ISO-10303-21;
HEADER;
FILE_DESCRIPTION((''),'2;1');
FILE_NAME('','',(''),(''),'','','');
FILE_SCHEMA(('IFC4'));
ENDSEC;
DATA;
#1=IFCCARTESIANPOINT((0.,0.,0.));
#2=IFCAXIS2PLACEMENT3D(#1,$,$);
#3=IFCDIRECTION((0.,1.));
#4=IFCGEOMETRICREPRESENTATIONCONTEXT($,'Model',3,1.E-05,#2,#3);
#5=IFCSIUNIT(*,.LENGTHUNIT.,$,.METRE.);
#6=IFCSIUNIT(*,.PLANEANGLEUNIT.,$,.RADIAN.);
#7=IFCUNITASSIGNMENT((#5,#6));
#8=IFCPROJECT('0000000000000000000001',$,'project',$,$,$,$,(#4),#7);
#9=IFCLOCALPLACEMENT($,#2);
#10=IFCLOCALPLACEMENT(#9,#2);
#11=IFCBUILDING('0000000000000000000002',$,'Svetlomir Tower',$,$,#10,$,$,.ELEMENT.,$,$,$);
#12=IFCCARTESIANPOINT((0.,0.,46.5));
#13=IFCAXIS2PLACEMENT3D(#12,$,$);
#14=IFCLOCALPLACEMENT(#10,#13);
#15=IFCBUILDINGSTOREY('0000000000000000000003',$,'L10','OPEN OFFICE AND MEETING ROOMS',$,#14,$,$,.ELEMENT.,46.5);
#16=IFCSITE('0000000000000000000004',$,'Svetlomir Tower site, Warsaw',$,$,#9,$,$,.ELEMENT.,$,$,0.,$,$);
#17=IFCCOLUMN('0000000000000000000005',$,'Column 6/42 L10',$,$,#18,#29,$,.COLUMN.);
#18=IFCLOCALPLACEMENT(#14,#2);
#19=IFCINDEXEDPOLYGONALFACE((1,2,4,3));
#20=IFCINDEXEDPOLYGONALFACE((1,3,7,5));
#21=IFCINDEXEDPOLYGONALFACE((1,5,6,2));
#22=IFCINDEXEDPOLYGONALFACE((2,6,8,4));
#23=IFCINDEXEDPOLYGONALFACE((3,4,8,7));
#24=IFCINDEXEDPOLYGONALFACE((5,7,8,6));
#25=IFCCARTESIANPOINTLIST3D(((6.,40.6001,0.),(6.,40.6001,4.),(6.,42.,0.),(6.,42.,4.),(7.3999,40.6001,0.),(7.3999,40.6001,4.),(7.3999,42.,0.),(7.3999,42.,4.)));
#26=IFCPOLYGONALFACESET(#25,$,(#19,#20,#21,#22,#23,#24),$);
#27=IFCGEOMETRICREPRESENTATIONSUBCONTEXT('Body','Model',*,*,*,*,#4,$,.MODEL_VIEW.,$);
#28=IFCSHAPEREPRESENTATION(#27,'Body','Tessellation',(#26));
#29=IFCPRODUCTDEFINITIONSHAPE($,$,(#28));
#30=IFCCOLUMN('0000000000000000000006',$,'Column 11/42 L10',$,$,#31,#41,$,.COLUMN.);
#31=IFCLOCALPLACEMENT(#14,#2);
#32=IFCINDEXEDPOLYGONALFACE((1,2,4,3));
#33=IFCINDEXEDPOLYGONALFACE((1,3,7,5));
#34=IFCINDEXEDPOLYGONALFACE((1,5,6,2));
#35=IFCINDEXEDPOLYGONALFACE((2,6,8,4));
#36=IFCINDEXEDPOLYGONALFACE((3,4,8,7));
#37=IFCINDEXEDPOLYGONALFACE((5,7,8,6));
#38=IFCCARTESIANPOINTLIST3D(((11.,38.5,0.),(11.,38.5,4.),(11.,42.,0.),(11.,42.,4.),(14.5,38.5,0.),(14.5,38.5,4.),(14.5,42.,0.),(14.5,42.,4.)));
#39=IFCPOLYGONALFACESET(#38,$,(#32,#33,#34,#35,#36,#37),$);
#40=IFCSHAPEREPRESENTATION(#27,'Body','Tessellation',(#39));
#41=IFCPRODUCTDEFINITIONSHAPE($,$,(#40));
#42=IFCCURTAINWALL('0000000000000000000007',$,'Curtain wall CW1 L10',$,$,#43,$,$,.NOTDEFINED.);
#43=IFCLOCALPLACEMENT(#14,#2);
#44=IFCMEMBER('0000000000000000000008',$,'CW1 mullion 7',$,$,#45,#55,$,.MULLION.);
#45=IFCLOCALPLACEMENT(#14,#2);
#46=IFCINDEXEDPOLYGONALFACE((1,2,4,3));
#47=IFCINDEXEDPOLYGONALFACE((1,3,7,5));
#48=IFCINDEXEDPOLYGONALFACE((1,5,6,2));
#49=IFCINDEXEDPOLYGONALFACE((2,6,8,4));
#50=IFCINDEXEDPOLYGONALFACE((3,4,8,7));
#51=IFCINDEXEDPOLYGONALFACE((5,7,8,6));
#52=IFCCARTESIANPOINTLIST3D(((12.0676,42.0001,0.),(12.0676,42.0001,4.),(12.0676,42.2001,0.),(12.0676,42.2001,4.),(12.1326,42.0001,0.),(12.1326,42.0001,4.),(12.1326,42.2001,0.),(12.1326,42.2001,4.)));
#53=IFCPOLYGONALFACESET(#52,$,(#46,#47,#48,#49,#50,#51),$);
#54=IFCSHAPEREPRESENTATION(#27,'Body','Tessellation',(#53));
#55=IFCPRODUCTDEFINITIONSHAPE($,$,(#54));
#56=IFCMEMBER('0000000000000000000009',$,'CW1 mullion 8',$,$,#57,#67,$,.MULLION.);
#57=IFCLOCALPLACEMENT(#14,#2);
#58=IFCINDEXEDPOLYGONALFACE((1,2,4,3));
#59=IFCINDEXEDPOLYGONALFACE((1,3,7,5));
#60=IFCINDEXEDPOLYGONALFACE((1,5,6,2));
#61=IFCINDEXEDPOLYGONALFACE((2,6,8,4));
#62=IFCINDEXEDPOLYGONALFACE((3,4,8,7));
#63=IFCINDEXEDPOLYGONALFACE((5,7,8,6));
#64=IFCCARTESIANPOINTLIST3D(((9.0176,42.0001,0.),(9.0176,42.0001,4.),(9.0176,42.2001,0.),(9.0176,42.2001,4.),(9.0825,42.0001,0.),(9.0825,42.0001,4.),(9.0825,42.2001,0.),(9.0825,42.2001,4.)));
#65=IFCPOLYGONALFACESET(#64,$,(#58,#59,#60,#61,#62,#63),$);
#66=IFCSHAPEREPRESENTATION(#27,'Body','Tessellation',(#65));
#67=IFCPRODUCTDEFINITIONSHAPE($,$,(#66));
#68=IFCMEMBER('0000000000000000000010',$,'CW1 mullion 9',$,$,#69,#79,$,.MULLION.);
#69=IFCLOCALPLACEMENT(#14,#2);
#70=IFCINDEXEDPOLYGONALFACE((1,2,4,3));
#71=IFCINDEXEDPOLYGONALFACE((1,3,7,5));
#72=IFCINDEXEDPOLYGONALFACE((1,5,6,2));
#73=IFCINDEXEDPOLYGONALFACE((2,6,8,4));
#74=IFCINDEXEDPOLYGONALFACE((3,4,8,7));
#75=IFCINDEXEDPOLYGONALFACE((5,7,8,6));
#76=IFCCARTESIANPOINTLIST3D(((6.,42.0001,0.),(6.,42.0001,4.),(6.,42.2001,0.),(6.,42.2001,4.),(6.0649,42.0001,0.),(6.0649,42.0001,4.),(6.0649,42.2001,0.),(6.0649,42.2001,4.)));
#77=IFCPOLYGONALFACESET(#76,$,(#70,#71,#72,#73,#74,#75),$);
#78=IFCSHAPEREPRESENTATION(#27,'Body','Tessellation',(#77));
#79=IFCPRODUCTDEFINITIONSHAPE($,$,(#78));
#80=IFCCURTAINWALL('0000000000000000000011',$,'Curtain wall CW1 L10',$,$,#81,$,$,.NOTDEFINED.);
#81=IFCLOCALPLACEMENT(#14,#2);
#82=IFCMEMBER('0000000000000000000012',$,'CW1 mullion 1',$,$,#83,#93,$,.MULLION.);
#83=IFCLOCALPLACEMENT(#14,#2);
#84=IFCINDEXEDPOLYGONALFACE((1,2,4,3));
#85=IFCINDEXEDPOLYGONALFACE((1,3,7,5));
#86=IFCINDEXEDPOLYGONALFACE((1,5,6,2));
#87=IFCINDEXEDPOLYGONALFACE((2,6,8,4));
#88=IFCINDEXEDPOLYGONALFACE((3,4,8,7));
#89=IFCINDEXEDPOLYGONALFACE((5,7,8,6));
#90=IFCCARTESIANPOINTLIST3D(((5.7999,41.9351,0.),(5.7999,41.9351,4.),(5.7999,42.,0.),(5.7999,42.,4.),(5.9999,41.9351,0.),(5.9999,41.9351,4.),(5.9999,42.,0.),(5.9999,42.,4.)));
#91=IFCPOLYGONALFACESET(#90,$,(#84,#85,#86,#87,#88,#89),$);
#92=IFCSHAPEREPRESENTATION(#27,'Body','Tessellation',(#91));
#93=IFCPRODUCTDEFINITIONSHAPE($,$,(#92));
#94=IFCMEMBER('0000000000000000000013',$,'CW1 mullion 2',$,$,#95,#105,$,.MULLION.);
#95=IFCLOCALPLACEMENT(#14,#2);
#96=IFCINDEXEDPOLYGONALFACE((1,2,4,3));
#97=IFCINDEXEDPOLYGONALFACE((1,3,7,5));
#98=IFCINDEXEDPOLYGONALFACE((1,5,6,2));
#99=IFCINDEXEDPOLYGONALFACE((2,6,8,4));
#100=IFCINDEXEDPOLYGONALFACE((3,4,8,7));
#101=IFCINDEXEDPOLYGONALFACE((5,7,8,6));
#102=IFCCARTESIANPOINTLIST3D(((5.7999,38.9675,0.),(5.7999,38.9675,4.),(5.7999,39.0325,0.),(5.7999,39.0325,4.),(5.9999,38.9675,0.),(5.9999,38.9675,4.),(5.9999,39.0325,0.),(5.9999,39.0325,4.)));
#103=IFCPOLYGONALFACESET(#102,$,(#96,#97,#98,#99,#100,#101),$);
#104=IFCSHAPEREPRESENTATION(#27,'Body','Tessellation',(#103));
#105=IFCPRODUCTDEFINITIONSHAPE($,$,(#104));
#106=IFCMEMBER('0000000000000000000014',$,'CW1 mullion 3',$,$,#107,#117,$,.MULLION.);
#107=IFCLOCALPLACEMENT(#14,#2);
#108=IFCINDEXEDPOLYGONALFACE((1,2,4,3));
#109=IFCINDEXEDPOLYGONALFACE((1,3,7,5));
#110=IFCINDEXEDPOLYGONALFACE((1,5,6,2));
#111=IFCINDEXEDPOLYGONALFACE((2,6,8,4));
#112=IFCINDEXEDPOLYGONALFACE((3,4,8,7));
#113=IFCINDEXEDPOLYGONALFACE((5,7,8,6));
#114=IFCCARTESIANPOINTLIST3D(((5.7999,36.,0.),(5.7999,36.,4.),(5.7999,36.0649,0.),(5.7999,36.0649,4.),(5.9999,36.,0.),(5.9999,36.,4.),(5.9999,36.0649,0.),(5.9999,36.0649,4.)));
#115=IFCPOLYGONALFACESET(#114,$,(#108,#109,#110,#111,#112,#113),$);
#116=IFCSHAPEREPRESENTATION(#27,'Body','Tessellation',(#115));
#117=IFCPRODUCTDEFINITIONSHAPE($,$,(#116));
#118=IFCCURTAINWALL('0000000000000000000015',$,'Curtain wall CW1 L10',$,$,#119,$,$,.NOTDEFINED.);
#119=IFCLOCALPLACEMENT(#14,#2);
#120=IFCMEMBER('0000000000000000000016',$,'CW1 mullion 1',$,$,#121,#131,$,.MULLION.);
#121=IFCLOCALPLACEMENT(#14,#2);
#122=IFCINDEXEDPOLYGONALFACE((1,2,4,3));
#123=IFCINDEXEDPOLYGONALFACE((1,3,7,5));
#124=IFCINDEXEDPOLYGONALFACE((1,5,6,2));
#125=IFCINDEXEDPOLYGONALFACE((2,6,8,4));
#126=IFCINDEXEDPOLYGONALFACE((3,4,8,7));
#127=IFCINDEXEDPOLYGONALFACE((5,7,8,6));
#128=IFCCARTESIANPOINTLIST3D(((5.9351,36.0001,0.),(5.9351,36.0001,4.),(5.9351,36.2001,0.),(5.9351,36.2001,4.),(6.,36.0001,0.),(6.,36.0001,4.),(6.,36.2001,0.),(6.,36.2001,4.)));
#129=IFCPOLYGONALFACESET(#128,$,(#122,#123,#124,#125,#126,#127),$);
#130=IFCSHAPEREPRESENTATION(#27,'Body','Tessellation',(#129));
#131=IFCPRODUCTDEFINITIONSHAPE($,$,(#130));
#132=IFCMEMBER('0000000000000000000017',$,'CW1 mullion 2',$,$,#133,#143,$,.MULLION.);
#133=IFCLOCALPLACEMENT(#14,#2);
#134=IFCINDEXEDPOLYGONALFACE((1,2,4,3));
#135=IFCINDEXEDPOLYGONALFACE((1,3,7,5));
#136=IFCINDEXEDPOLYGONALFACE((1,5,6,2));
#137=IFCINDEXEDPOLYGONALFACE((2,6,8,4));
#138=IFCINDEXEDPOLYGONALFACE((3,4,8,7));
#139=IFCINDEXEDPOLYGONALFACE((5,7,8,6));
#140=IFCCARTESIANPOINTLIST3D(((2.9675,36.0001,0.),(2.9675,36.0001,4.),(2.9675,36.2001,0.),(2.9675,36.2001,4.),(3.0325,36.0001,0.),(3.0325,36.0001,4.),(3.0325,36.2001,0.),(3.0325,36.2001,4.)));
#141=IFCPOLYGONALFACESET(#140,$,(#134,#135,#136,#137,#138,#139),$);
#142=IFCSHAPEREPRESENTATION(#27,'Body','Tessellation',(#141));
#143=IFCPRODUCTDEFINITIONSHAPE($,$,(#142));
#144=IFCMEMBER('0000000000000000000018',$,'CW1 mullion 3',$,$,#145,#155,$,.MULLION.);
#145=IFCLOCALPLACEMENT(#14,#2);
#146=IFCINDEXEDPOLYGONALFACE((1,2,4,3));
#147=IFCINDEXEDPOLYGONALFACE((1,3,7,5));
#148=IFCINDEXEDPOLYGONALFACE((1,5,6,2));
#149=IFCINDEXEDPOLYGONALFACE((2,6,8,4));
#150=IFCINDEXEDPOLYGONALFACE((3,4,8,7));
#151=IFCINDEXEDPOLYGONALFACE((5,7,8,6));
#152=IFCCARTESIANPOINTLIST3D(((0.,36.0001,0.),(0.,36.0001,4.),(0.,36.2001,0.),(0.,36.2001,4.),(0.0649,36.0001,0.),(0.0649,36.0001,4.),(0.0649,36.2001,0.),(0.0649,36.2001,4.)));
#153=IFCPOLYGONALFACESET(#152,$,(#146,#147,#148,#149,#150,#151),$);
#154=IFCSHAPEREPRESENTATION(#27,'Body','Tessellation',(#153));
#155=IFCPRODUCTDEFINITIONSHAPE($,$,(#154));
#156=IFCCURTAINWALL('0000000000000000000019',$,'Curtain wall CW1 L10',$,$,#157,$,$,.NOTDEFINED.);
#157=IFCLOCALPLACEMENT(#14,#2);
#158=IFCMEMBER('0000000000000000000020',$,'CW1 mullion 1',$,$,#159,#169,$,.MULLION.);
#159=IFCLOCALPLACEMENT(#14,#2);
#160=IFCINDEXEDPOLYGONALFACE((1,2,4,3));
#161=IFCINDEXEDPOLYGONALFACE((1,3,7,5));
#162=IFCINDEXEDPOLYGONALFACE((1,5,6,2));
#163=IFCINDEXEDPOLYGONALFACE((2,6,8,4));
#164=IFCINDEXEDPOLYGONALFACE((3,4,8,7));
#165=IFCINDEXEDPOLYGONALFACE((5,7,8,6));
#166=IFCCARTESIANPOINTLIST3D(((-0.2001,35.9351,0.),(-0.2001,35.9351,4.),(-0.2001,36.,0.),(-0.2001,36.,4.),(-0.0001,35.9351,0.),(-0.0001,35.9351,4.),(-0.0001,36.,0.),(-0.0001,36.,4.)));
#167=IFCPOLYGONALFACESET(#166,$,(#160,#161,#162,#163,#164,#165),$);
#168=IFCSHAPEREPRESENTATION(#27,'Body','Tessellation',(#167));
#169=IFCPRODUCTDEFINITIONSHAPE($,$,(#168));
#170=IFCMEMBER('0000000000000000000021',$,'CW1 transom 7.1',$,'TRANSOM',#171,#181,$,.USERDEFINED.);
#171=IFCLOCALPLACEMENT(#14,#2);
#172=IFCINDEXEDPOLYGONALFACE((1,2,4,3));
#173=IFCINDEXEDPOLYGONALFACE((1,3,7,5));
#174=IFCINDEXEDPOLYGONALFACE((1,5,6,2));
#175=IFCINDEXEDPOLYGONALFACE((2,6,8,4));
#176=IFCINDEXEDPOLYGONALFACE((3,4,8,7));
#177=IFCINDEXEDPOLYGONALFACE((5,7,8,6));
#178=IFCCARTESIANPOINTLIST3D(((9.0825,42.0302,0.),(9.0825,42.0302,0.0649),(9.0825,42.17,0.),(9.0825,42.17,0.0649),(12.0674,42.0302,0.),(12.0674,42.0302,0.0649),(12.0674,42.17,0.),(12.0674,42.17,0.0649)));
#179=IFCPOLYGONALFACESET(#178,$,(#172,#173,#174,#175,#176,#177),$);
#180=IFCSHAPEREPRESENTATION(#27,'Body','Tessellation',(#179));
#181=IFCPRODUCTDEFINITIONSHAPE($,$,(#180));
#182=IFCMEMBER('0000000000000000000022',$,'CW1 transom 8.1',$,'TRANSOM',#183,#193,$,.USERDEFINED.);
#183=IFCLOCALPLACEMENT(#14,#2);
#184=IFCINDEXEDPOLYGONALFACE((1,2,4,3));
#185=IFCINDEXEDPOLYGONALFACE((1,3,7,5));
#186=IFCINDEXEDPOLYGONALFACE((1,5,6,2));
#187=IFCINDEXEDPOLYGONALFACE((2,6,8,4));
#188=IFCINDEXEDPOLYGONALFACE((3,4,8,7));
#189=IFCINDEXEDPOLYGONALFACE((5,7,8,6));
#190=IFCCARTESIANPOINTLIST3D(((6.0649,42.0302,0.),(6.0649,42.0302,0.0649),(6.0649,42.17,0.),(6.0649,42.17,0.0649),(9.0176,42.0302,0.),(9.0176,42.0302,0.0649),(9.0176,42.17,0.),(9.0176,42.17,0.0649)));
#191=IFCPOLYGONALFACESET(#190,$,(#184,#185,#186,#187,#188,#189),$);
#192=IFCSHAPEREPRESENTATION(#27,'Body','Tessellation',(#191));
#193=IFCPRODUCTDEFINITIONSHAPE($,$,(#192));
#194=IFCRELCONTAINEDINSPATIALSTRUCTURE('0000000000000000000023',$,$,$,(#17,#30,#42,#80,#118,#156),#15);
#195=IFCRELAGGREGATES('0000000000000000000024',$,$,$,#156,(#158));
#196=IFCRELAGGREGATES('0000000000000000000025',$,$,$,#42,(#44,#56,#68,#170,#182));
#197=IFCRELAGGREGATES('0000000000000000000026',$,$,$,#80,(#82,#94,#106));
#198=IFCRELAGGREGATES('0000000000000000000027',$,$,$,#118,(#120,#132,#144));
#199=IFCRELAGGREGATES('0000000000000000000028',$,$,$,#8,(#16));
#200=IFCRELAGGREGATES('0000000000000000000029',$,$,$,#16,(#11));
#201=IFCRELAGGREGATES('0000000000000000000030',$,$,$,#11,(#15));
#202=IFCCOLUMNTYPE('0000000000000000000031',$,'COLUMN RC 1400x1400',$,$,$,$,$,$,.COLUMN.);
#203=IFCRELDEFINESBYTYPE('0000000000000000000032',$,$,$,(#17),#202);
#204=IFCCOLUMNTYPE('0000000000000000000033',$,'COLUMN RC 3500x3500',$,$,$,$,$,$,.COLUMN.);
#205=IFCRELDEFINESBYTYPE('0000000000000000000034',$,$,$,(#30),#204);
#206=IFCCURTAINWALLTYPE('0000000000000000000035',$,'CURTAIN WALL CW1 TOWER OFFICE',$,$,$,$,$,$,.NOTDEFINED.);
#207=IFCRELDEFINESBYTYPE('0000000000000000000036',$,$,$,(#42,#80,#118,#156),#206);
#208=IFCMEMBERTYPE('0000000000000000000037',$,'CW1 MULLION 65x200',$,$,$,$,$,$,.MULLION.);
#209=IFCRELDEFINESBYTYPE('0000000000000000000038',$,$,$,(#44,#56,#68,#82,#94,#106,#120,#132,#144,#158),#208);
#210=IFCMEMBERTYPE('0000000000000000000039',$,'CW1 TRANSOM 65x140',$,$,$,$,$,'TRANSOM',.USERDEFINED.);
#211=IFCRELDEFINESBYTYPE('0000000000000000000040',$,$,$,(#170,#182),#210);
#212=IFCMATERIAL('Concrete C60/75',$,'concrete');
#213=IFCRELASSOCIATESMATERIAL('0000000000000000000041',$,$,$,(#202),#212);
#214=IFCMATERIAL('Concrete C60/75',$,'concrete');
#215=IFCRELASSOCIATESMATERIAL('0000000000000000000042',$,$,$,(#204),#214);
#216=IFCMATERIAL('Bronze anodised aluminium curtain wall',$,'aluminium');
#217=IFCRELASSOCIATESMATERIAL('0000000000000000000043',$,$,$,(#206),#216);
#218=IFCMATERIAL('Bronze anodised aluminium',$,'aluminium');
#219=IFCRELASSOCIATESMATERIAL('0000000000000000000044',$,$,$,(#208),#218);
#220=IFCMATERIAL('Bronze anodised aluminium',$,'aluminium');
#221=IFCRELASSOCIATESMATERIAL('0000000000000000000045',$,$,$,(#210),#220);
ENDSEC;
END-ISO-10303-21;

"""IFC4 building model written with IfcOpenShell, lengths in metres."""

from ifc_helpers import new_model, si_unit, direction, frame, origin, origin_2d, place, context, subcontext, project, spatial, rectangle, extrude, material, material_profile, profile_set, type_object, element, aggregate, save


model = new_model("IFC4")

# Units and contexts
model_context = context("Model", 3, precision=1e-05, world=origin(), true_north=direction((0.0, 1.0)))
body_context = subcontext(model_context, "Body", "Model", "MODEL_VIEW")
ifc_project = project(units=[si_unit("LENGTHUNIT", "METRE"), si_unit("PLANEANGLEUNIT", "RADIAN")], contexts=[model_context])

# Site, building, storey
site_placement = place(None, origin())
site = spatial("IfcSite", under=ifc_project, at=site_placement, Name="Svetlomir Tower site, Warsaw", CompositionType="ELEMENT", RefElevation=0.0)
building_placement = place(site_placement, origin())
building = spatial("IfcBuilding", under=site, at=building_placement, Name="Svetlomir Tower", CompositionType="ELEMENT")
storey_placement = place(building_placement, frame((0.0, 0.0, 46.5)))
storey = spatial("IfcBuildingStorey", under=building, at=storey_placement, Name="L10", Description="OPEN OFFICE AND MEETING ROOMS", CompositionType="ELEMENT", Elevation=46.5)

# Columns
ifc_material_1 = material(Name="Concrete C60/75", Category="concrete")
ifc_material_profile_1 = material_profile(ifc_material_1, rectangle(XDim=1.3999, YDim=1.3999, at=origin_2d()), Name="RC 1400x1400")
ifc_profile_set_1 = profile_set([ifc_material_profile_1], Name="Concrete C60/75")
column_type_1 = type_object("IfcColumnType", Name="COLUMN RC 1400x1400", PredefinedType="COLUMN", material=ifc_profile_set_1)
column_1_placement = place(storey_placement, frame((6.7, 41.3, 0.0), z_axis=(0.0, 0.0, 1.0), x_axis=(1.0, 0.0, 0.0)))
element("IfcColumn", 1, at=column_1_placement, inside=storey, type_object=column_type_1, Name="Column 6/42 L10", PredefinedType="COLUMN", context=body_context, shape_type="SweptSolid", body=[
    extrude(rectangle(XDim=1.3999, YDim=1.3999, at=origin_2d()), origin(), (0.0, 0.0, 1.0), 4.0),
])
ifc_material_2 = material(Name="Concrete C60/75", Category="concrete")
ifc_material_profile_2 = material_profile(ifc_material_2, rectangle(XDim=3.5, YDim=3.5, at=origin_2d()), Name="RC 3500x3500")
ifc_profile_set_2 = profile_set([ifc_material_profile_2], Name="Concrete C60/75")
column_type_2 = type_object("IfcColumnType", Name="COLUMN RC 3500x3500", PredefinedType="COLUMN", material=ifc_profile_set_2)
column_2_placement = place(storey_placement, frame((12.75, 40.25, 0.0), z_axis=(0.0, 0.0, 1.0), x_axis=(1.0, 0.0, 0.0)))
element("IfcColumn", 2, at=column_2_placement, inside=storey, type_object=column_type_2, Name="Column 11/42 L10", PredefinedType="COLUMN", context=body_context, shape_type="SweptSolid", body=[
    extrude(rectangle(XDim=3.5, YDim=3.5, at=origin_2d()), origin(), (0.0, 0.0, 1.0), 4.0),
])

# Curtain walls, members
ifc_material_3 = material(Name="Bronze anodised aluminium curtain wall", Category="aluminium")
curtain_wall_type = type_object("IfcCurtainWallType", Name="CURTAIN WALL CW1 TOWER OFFICE", PredefinedType="NOTDEFINED", material=ifc_material_3)
curtain_wall_1_placement = place(storey_placement, origin())
curtain_wall_1 = element("IfcCurtainWall", 3, at=curtain_wall_1_placement, inside=storey, type_object=curtain_wall_type, Name="Curtain wall CW1 L10", PredefinedType="NOTDEFINED")
ifc_material_4 = material(Name="Bronze anodised aluminium", Category="aluminium")
ifc_material_profile_3 = material_profile(ifc_material_4, rectangle(XDim=0.0649, YDim=0.2, at=origin_2d()), Name="AL 65x200")
ifc_profile_set_3 = profile_set([ifc_material_profile_3], Name="Bronze anodised aluminium 6063-T6")
member_type_1 = type_object("IfcMemberType", Name="CW1 MULLION 65x200", PredefinedType="MULLION", material=ifc_profile_set_3)
member_1_placement = place(storey_placement, frame((12.1001, 42.1001, 0.0), z_axis=(0.0, 0.0, 1.0), x_axis=(-1.0, 0.0, 0.0)))
member_1 = element("IfcMember", 4, at=member_1_placement, type_object=member_type_1, Name="CW1 mullion 7", PredefinedType="MULLION", context=body_context, shape_type="SweptSolid", body=[
    extrude(rectangle(XDim=0.0649, YDim=0.2, at=origin_2d()), origin(), (0.0, 0.0, 1.0), 4.0),
])
member_2_placement = place(storey_placement, frame((9.05, 42.1001, 0.0), z_axis=(0.0, 0.0, 1.0), x_axis=(-1.0, 0.0, 0.0)))
member_2 = element("IfcMember", 5, at=member_2_placement, type_object=member_type_1, Name="CW1 mullion 8", PredefinedType="MULLION", context=body_context, shape_type="SweptSolid", body=[
    extrude(rectangle(XDim=0.0649, YDim=0.2, at=origin_2d()), origin(), (0.0, 0.0, 1.0), 4.0),
])
member_3_placement = place(storey_placement, frame((6.0325, 42.1001, 0.0), z_axis=(0.0, 0.0, 1.0), x_axis=(-1.0, 0.0, 0.0)))
member_3 = element("IfcMember", 6, at=member_3_placement, type_object=member_type_1, Name="CW1 mullion 9", PredefinedType="MULLION", context=body_context, shape_type="SweptSolid", body=[
    extrude(rectangle(XDim=0.0649, YDim=0.2, at=origin_2d()), origin(), (0.0, 0.0, 1.0), 4.0),
])
curtain_wall_2_placement = place(storey_placement, origin())
curtain_wall_2 = element("IfcCurtainWall", 7, at=curtain_wall_2_placement, inside=storey, type_object=curtain_wall_type, Name="Curtain wall CW1 L10", PredefinedType="NOTDEFINED")
member_4_placement = place(storey_placement, frame((5.8999, 41.9675, 0.0), z_axis=(0.0, 0.0, 1.0), x_axis=(0.0, -1.0, 0.0)))
member_4 = element("IfcMember", 8, at=member_4_placement, type_object=member_type_1, Name="CW1 mullion 1", PredefinedType="MULLION", context=body_context, shape_type="SweptSolid", body=[
    extrude(rectangle(XDim=0.0649, YDim=0.2, at=origin_2d()), origin(), (0.0, 0.0, 1.0), 4.0),
])
member_5_placement = place(storey_placement, frame((5.8999, 39.0, 0.0), z_axis=(0.0, 0.0, 1.0), x_axis=(0.0, -1.0, 0.0)))
member_5 = element("IfcMember", 9, at=member_5_placement, type_object=member_type_1, Name="CW1 mullion 2", PredefinedType="MULLION", context=body_context, shape_type="SweptSolid", body=[
    extrude(rectangle(XDim=0.0649, YDim=0.2, at=origin_2d()), origin(), (0.0, 0.0, 1.0), 4.0),
])
member_6_placement = place(storey_placement, frame((5.8999, 36.0325, 0.0), z_axis=(0.0, 0.0, 1.0), x_axis=(0.0, -1.0, 0.0)))
member_6 = element("IfcMember", 10, at=member_6_placement, type_object=member_type_1, Name="CW1 mullion 3", PredefinedType="MULLION", context=body_context, shape_type="SweptSolid", body=[
    extrude(rectangle(XDim=0.0649, YDim=0.2, at=origin_2d()), origin(), (0.0, 0.0, 1.0), 4.0),
])
curtain_wall_3_placement = place(storey_placement, origin())
curtain_wall_3 = element("IfcCurtainWall", 11, at=curtain_wall_3_placement, inside=storey, type_object=curtain_wall_type, Name="Curtain wall CW1 L10", PredefinedType="NOTDEFINED")
member_7_placement = place(storey_placement, frame((5.9675, 36.1001, 0.0), z_axis=(0.0, 0.0, 1.0), x_axis=(-1.0, 0.0, 0.0)))
member_7 = element("IfcMember", 12, at=member_7_placement, type_object=member_type_1, Name="CW1 mullion 1", PredefinedType="MULLION", context=body_context, shape_type="SweptSolid", body=[
    extrude(rectangle(XDim=0.0649, YDim=0.2, at=origin_2d()), origin(), (0.0, 0.0, 1.0), 4.0),
])
member_8_placement = place(storey_placement, frame((3.0, 36.1001, 0.0), z_axis=(0.0, 0.0, 1.0), x_axis=(-1.0, 0.0, 0.0)))
member_8 = element("IfcMember", 13, at=member_8_placement, type_object=member_type_1, Name="CW1 mullion 2", PredefinedType="MULLION", context=body_context, shape_type="SweptSolid", body=[
    extrude(rectangle(XDim=0.0649, YDim=0.2, at=origin_2d()), origin(), (0.0, 0.0, 1.0), 4.0),
])
member_9_placement = place(storey_placement, frame((0.0325, 36.1001, 0.0), z_axis=(0.0, 0.0, 1.0), x_axis=(-1.0, 0.0, 0.0)))
member_9 = element("IfcMember", 14, at=member_9_placement, type_object=member_type_1, Name="CW1 mullion 3", PredefinedType="MULLION", context=body_context, shape_type="SweptSolid", body=[
    extrude(rectangle(XDim=0.0649, YDim=0.2, at=origin_2d()), origin(), (0.0, 0.0, 1.0), 4.0),
])

# Curtain wall, member
curtain_wall_4_placement = place(storey_placement, origin())
curtain_wall_4 = element("IfcCurtainWall", 15, at=curtain_wall_4_placement, inside=storey, type_object=curtain_wall_type, Name="Curtain wall CW1 L10", PredefinedType="NOTDEFINED")
member_10_placement = place(storey_placement, frame((-0.1001, 35.9675, 0.0), z_axis=(0.0, 0.0, 1.0), x_axis=(0.0, -1.0, 0.0)))
member_10 = element("IfcMember", 16, at=member_10_placement, type_object=member_type_1, Name="CW1 mullion 1", PredefinedType="MULLION", context=body_context, shape_type="SweptSolid", body=[
    extrude(rectangle(XDim=0.0649, YDim=0.2, at=origin_2d()), origin(), (0.0, 0.0, 1.0), 4.0),
])

# Members
ifc_material_5 = material(Name="Bronze anodised aluminium", Category="aluminium")
ifc_material_profile_4 = material_profile(ifc_material_5, rectangle(XDim=0.1399, YDim=0.0649, at=origin_2d()), Name="AL 140x65")
ifc_profile_set_4 = profile_set([ifc_material_profile_4], Name="Bronze anodised aluminium 6063-T6")
member_type_2 = type_object("IfcMemberType", Name="CW1 TRANSOM 65x140", ElementType="TRANSOM", PredefinedType="USERDEFINED", material=ifc_profile_set_4)
member_11_placement = place(storey_placement, frame((12.0674, 42.1001, 0.0325), z_axis=(-1.0, 0.0, 0.0), x_axis=(0.0, -1.0, 0.0)))
member_11 = element("IfcMember", 17, at=member_11_placement, type_object=member_type_2, Name="CW1 transom 7.1", ObjectType="TRANSOM", PredefinedType="USERDEFINED", context=body_context, shape_type="SweptSolid", body=[
    extrude(rectangle(XDim=0.1399, YDim=0.0649, at=origin_2d()), origin(), (0.0, 0.0, 1.0), 2.9849),
])
member_12_placement = place(storey_placement, frame((9.0176, 42.1001, 0.0325), z_axis=(-1.0, 0.0, 0.0), x_axis=(0.0, -1.0, 0.0)))
member_12 = element("IfcMember", 18, at=member_12_placement, type_object=member_type_2, Name="CW1 transom 8.1", ObjectType="TRANSOM", PredefinedType="USERDEFINED", context=body_context, shape_type="SweptSolid", body=[
    extrude(rectangle(XDim=0.1399, YDim=0.0649, at=origin_2d()), origin(), (0.0, 0.0, 1.0), 2.9526),
])
aggregate(curtain_wall_4, [member_10])

aggregate(curtain_wall_1, [member_1, member_2, member_3, member_11, member_12])
aggregate(curtain_wall_2, [member_4, member_5, member_6])
aggregate(curtain_wall_3, [member_7, member_8, member_9])

save(model, "model.ifc")
